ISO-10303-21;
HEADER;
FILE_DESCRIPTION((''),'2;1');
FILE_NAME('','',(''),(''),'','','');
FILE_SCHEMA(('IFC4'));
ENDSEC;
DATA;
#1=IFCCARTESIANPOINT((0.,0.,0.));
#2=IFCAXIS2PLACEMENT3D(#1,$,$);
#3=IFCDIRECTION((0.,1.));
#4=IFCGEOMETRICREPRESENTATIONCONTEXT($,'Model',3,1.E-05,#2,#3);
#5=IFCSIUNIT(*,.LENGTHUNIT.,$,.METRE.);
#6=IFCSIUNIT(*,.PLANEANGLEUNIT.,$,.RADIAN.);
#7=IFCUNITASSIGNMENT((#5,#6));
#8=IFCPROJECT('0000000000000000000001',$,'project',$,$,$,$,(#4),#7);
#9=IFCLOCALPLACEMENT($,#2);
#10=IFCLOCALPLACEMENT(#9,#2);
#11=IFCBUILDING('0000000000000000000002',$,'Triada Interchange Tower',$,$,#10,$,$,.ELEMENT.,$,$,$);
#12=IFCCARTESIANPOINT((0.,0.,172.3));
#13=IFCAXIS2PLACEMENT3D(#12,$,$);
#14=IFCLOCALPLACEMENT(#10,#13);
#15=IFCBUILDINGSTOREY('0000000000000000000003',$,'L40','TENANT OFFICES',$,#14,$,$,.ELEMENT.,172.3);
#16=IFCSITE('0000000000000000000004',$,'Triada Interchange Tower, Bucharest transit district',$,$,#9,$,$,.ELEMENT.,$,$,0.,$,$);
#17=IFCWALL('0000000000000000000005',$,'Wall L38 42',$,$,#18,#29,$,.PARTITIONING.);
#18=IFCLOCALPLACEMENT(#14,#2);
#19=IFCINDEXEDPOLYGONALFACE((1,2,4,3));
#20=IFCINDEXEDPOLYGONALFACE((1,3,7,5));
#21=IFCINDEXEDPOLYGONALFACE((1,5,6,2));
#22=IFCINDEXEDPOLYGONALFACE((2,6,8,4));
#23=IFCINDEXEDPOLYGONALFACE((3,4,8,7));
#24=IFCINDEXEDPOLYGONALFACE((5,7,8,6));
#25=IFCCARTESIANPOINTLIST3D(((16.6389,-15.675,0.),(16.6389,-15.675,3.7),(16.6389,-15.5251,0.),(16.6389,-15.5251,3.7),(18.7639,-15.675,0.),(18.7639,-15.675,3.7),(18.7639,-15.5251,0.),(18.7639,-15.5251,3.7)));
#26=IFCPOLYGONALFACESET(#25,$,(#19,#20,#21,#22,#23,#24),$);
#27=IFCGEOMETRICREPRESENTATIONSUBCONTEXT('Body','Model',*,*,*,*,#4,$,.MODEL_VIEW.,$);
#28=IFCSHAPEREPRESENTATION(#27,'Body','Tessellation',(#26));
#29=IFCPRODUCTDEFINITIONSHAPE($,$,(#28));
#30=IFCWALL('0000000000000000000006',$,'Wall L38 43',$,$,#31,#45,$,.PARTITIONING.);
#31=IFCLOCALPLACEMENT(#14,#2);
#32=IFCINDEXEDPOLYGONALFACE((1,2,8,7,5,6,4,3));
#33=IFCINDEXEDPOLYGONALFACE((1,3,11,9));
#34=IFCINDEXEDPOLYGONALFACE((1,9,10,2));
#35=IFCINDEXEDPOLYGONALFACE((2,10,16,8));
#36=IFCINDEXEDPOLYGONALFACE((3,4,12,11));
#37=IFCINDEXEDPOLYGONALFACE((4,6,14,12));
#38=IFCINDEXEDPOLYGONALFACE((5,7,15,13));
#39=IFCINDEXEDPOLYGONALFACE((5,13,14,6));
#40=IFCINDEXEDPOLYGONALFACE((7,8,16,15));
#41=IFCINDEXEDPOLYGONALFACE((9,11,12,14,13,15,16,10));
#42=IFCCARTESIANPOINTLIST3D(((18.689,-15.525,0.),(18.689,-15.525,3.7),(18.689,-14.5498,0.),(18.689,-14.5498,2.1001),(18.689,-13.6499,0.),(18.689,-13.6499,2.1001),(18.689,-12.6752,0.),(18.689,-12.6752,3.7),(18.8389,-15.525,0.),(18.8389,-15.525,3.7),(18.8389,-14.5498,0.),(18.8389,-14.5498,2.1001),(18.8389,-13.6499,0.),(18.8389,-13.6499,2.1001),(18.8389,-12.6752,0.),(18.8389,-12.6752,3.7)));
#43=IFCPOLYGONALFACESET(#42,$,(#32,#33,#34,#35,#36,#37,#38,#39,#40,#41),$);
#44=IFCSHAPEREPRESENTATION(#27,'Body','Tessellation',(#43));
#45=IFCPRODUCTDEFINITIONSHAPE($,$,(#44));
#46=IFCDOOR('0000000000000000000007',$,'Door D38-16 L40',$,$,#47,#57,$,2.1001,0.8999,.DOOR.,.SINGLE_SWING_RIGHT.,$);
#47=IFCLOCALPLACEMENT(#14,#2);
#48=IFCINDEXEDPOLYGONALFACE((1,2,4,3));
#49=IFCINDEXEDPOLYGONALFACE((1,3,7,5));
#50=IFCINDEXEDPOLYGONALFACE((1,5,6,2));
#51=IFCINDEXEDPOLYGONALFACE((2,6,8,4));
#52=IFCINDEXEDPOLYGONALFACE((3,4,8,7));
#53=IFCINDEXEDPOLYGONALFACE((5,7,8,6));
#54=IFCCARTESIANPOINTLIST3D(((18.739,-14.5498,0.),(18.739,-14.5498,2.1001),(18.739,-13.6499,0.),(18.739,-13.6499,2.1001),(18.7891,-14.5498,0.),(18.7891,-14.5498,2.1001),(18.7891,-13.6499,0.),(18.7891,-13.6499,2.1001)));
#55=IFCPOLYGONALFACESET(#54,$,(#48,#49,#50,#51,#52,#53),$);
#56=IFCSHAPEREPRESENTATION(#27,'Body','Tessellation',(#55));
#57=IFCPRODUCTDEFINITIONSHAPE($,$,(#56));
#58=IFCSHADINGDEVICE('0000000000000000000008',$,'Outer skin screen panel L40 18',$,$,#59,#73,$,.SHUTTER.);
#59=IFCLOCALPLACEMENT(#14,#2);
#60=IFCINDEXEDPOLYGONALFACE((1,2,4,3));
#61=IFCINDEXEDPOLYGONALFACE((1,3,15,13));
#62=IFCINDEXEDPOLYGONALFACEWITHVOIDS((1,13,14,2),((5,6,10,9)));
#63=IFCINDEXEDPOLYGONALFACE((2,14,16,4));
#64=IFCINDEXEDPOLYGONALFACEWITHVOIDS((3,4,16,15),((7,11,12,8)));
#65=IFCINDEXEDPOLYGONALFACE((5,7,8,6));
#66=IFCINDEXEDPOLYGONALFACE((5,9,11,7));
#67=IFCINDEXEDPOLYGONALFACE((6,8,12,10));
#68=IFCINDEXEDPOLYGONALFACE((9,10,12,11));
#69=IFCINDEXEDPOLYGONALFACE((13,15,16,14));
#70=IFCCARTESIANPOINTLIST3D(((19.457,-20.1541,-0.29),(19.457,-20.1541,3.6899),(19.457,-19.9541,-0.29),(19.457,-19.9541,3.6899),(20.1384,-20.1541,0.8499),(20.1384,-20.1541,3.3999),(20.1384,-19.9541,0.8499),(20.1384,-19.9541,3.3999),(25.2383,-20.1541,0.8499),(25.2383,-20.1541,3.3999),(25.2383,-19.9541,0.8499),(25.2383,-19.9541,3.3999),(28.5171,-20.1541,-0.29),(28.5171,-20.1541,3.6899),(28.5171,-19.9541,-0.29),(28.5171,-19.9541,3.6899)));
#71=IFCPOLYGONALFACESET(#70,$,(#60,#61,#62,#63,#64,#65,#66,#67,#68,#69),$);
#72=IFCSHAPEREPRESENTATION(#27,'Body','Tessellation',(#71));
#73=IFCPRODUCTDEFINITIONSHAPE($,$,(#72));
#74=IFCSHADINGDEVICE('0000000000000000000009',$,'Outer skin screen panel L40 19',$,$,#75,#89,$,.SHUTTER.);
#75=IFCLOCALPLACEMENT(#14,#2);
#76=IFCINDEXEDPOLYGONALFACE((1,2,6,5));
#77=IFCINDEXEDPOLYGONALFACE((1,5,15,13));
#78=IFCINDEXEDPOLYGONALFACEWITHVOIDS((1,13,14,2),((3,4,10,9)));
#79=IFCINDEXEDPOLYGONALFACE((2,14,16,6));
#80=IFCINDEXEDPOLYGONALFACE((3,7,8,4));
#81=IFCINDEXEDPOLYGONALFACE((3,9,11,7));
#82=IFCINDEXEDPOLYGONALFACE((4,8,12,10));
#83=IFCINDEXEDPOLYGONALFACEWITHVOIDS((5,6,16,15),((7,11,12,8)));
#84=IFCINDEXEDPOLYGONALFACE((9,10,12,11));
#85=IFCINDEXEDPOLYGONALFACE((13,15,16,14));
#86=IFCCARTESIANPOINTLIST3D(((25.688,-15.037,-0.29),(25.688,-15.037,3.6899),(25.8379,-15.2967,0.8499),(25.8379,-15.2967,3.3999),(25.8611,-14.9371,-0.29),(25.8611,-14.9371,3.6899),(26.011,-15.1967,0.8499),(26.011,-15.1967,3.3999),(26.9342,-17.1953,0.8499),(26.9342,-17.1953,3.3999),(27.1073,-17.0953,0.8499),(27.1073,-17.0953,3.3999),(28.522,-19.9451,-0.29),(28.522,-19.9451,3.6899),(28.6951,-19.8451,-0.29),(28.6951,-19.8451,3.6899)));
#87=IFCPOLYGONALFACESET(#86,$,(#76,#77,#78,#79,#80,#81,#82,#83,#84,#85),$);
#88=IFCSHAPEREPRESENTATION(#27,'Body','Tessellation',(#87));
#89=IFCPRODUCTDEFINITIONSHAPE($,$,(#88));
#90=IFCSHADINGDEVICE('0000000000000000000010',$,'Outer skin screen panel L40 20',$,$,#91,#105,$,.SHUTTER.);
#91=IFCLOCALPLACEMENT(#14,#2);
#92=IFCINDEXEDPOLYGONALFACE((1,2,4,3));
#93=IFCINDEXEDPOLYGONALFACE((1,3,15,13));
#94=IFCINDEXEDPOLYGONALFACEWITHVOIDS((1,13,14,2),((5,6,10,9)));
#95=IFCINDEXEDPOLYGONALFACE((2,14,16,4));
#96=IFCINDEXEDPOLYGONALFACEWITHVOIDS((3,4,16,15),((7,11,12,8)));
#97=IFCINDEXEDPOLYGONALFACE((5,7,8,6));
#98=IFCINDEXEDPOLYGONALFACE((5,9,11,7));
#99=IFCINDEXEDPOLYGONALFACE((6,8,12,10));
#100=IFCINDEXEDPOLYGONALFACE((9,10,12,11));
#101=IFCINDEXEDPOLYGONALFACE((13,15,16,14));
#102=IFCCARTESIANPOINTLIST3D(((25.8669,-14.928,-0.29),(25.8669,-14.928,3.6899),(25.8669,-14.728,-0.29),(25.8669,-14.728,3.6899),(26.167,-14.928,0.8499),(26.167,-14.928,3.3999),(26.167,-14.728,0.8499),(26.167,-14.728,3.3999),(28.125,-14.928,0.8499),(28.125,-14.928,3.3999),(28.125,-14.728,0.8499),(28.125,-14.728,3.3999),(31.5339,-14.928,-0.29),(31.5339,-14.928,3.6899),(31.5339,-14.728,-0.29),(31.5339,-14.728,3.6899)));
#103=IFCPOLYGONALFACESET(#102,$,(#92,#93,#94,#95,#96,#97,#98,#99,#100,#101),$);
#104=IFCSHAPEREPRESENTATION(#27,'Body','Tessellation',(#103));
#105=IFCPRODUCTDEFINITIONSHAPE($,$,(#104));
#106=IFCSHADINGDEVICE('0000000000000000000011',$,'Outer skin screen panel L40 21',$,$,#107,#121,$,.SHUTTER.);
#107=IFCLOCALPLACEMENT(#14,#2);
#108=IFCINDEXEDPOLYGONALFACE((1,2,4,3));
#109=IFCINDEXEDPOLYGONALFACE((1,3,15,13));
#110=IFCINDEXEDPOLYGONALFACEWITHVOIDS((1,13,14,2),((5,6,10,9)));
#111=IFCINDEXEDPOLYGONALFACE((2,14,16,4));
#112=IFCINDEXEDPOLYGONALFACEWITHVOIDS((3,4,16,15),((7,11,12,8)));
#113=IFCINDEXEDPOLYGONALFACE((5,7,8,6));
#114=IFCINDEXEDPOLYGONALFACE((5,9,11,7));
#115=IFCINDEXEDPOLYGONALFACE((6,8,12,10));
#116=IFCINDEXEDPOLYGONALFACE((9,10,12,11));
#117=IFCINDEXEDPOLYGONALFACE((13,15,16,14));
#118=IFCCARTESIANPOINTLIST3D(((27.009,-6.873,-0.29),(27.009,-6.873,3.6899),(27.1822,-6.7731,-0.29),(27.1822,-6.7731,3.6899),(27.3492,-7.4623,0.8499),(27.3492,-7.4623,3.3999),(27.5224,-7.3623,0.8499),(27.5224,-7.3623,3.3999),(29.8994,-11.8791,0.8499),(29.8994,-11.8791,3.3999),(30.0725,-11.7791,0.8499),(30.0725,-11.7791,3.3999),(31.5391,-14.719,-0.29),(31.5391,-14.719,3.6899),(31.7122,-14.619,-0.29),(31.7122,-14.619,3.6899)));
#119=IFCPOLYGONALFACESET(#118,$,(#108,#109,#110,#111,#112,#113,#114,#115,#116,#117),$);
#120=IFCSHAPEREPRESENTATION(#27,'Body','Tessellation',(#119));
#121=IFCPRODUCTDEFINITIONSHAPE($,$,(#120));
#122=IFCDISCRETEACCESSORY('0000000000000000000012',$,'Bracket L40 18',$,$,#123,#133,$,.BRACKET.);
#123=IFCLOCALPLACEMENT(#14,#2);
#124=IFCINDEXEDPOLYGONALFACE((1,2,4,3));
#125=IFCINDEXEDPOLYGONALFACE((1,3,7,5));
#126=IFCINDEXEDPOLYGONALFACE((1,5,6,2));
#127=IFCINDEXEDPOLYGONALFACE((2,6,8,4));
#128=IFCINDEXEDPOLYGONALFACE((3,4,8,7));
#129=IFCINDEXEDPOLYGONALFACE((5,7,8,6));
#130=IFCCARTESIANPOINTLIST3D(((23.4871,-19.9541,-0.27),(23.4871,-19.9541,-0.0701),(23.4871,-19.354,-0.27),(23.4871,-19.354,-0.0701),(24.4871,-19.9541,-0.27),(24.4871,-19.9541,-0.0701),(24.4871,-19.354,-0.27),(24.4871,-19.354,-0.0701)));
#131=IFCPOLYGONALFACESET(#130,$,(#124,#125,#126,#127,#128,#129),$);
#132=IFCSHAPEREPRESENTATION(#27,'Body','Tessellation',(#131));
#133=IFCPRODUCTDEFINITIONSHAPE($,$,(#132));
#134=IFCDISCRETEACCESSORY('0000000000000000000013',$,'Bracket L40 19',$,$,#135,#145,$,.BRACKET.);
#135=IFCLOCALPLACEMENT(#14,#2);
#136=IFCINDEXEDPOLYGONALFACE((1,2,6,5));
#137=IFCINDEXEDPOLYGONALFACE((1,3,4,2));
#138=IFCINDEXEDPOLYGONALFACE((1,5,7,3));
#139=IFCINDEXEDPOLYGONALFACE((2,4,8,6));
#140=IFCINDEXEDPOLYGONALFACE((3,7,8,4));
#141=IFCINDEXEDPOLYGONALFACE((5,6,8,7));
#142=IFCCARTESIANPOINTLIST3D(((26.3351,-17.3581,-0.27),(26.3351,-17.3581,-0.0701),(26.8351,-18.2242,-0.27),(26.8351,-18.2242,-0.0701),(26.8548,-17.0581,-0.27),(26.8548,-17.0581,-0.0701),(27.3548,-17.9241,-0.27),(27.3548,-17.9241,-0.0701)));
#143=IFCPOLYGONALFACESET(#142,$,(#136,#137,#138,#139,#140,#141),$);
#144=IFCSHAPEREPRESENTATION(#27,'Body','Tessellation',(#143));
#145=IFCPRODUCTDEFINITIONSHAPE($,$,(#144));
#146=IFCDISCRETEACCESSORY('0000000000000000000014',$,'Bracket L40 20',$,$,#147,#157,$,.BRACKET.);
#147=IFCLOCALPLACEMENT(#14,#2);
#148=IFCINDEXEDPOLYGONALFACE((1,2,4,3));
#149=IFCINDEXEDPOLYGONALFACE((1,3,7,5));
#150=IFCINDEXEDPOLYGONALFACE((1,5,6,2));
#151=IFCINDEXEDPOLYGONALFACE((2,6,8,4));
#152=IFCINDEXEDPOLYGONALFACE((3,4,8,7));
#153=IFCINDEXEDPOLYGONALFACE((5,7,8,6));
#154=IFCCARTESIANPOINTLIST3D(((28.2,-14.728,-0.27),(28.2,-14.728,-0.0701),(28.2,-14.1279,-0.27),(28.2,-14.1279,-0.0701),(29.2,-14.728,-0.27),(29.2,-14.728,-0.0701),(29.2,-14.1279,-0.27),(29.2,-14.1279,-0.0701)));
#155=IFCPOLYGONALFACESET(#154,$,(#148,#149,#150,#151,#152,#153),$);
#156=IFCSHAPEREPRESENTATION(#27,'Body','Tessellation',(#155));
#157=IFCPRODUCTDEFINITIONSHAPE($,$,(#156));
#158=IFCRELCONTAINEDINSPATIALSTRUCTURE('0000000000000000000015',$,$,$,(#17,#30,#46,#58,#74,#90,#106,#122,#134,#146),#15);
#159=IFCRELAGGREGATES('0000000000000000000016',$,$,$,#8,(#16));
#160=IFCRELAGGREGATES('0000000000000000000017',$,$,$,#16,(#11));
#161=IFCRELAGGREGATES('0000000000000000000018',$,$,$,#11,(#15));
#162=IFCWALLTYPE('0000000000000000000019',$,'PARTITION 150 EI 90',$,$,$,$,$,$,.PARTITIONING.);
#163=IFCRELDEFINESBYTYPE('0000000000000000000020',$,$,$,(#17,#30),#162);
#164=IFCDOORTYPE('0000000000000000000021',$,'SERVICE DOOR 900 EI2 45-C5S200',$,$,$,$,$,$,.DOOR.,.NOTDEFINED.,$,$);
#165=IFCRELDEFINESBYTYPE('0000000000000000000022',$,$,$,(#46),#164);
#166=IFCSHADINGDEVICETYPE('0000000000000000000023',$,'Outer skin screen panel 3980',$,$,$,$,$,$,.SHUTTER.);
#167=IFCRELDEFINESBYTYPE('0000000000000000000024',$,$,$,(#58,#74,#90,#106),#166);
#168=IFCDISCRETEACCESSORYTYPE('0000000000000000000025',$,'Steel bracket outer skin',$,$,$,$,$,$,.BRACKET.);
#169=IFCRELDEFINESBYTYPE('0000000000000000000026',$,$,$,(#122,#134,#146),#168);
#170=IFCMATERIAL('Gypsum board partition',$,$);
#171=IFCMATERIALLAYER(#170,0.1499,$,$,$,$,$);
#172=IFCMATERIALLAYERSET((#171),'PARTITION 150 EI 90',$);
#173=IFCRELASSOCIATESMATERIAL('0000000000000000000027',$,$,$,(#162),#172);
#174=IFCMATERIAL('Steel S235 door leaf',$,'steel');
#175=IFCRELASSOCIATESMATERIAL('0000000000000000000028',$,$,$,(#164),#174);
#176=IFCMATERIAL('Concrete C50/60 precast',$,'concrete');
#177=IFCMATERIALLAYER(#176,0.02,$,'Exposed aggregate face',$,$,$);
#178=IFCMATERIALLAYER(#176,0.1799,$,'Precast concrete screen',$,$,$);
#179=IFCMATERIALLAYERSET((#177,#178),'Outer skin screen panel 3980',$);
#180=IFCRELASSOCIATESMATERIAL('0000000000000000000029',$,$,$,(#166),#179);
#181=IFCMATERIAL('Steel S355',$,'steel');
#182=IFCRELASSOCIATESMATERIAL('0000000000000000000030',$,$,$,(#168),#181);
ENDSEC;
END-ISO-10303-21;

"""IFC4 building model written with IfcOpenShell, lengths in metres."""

from ifc_helpers import new_model, si_unit, direction, frame, frame_2d, origin, origin_2d, place, context, subcontext, project, spatial, polyline, rectangle, outline, extrude, material, layer, layer_set, type_object, element, fill, save


model = new_model("IFC4")

# Units and contexts
model_context = context("Model", 3, precision=1e-05, world=origin(), true_north=direction((0.0, 1.0)))
body_context = subcontext(model_context, "Body", "Model", "MODEL_VIEW")
ifc_project = project(units=[si_unit("LENGTHUNIT", "METRE"), si_unit("PLANEANGLEUNIT", "RADIAN")], contexts=[model_context])

# Site, building, storey
site_placement = place(None, origin())
site = spatial("IfcSite", under=ifc_project, at=site_placement, Name="Triada Interchange Tower, Bucharest transit district", CompositionType="ELEMENT", RefElevation=0.0)
building_placement = place(site_placement, origin())
building = spatial("IfcBuilding", under=site, at=building_placement, Name="Triada Interchange Tower", CompositionType="ELEMENT")
storey_placement = place(building_placement, frame((0.0, 0.0, 172.3)))
storey = spatial("IfcBuildingStorey", under=building, at=storey_placement, Name="L40", Description="TENANT OFFICES", CompositionType="ELEMENT", Elevation=172.3)

# Wall
ifc_material_1 = material(Name="Gypsum board partition")
ifc_layer_1 = layer(ifc_material_1, 0.1499)
ifc_layer_set_1 = layer_set([ifc_layer_1], Name="PARTITION 150 EI 90")
wall_type_1 = type_object("IfcWallType", Name="PARTITION 150 EI 90", PredefinedType="PARTITIONING", material=ifc_layer_set_1)
wall_1_placement = place(storey_placement, frame((16.6389, -15.6001, 0.0), z_axis=(0.0, 0.0, 1.0), x_axis=(1.0, 0.0, 0.0)))
element("IfcWall", 1, at=wall_1_placement, inside=storey, type_object=wall_type_1, Name="Wall L38 42", PredefinedType="PARTITIONING", context=body_context, shape_type="SweptSolid", body=[
    extrude(rectangle(XDim=2.125, YDim=0.1499, at=frame_2d((1.0625, 0.0))), origin(), (0.0, 0.0, 1.0), 3.7),
])

# Wall, opening, door
wall_2_placement = place(storey_placement, frame((18.7639, -15.5249, 0.0), z_axis=(0.0, 0.0, 1.0), x_axis=(0.0, 1.0, 0.0)))
wall_2 = element("IfcWall", 2, at=wall_2_placement, inside=storey, type_object=wall_type_1, Name="Wall L38 43", PredefinedType="PARTITIONING", context=body_context, shape_type="SweptSolid", body=[
    extrude(rectangle(XDim=2.8499, YDim=0.1499, at=frame_2d((1.4248, 0.0))), origin(), (0.0, 0.0, 1.0), 3.7),
])
opening_1_placement = place(wall_2_placement, frame((0.9751, 0.0, 0.0)))
opening_1 = element("IfcOpeningElement", 3, at=opening_1_placement, cuts=wall_2, PredefinedType="OPENING", context=body_context, shape_type="SweptSolid", body=[
    extrude(rectangle(XDim=0.8999, YDim=2.1001, at=frame_2d((0.45, 1.05))), frame((0.0, 0.085, 0.0), z_axis=(0.0, -1.0, 0.0), x_axis=(1.0, 0.0, 0.0)), (0.0, 0.0, 1.0), 0.1699),
])
ifc_material_2 = material(Name="Steel S235 door leaf", Category="steel")
door_type = type_object("IfcDoorType", Name="SERVICE DOOR 900 EI2 45-C5S200", OperationType="NOTDEFINED", PredefinedType="DOOR", material=ifc_material_2)
door_placement = place(opening_1_placement, origin())
door = element("IfcDoor", 4, at=door_placement, inside=storey, type_object=door_type, Name="Door D38-16 L40", OperationType="SINGLE_SWING_RIGHT", OverallHeight=2.1001, OverallWidth=0.8999, PredefinedType="DOOR", context=body_context, shape_type="SweptSolid", body=[
    extrude(rectangle(XDim=0.8999, YDim=2.1001, at=frame_2d((0.45, 1.05))), frame((0.0, 0.0249, 0.0), z_axis=(0.0, -1.0, 0.0), x_axis=(1.0, 0.0, 0.0)), (0.0, 0.0, 1.0), 0.05),
])
fill(opening_1, door)

# Shading devices
ifc_material_3 = material(Name="Concrete C50/60 precast", Category="concrete")
ifc_layer_2 = layer(ifc_material_3, 0.02, Name="Exposed aggregate face")
ifc_layer_3 = layer(ifc_material_3, 0.1799, Name="Precast concrete screen")
ifc_layer_set_2 = layer_set([ifc_layer_2, ifc_layer_3], Name="Outer skin screen panel 3980")
shading_device_type = type_object("IfcShadingDeviceType", Name="Outer skin screen panel 3980", PredefinedType="SHUTTER", material=ifc_layer_set_2)
shading_device_1_placement = place(storey_placement, frame((19.457, -19.9541, -0.29), z_axis=(0.0, 0.0, 1.0), x_axis=(1.0, 0.0, 0.0)))
element("IfcShadingDevice", 5, at=shading_device_1_placement, inside=storey, type_object=shading_device_type, Name="Outer skin screen panel L40 18", PredefinedType="SHUTTER", context=body_context, shape_type="SweptSolid", body=[
    extrude(outline(polyline([(0.0, 0.0), (9.0601, 0.0), (9.0601, 3.98), (0.0, 3.98), (0.0, 0.0)]), holes=[polyline([(0.6814, 1.1399), (0.6814, 3.6899), (5.7812, 3.6899), (5.7812, 1.1399), (0.6814, 1.1399)])]), frame((0.0, 0.0, 0.0), z_axis=(0.0, -1.0, 0.0), x_axis=(1.0, 0.0, 0.0)), (0.0, 0.0, 1.0), 0.2),
])
shading_device_2_placement = place(storey_placement, frame((28.522, -19.9451, -0.29), z_axis=(0.0, 0.0, 1.0), x_axis=(-0.500049, 0.865997, 0.0)))
element("IfcShadingDevice", 6, at=shading_device_2_placement, inside=storey, type_object=shading_device_type, Name="Outer skin screen panel L40 19", PredefinedType="SHUTTER", context=body_context, shape_type="SweptSolid", body=[
    extrude(outline(polyline([(0.0, 0.0), (5.6675, 0.0), (5.6675, 3.98), (0.0, 3.98), (0.0, 0.0)]), holes=[polyline([(3.1753, 1.1399), (3.1753, 3.6899), (5.3677, 3.6899), (5.3677, 1.1399), (3.1753, 1.1399)])]), frame((0.0, 0.0, 0.0), z_axis=(0.0, -1.0, 0.0), x_axis=(1.0, 0.0, 0.0)), (0.0, 0.0, 1.0), 0.2),
])
shading_device_3_placement = place(storey_placement, frame((25.8669, -14.728, -0.29), z_axis=(0.0, 0.0, 1.0), x_axis=(1.0, 0.0, 0.0)))
element("IfcShadingDevice", 7, at=shading_device_3_placement, inside=storey, type_object=shading_device_type, Name="Outer skin screen panel L40 20", PredefinedType="SHUTTER", context=body_context, shape_type="SweptSolid", body=[
    extrude(outline(polyline([(0.0, 0.0), (5.667, 0.0), (5.667, 3.98), (0.0, 3.98), (0.0, 0.0)]), holes=[polyline([(0.3, 1.1399), (0.3, 3.6899), (2.2581, 3.6899), (2.2581, 1.1399), (0.3, 1.1399)])]), frame((0.0, 0.0, 0.0), z_axis=(0.0, -1.0, 0.0), x_axis=(1.0, 0.0, 0.0)), (0.0, 0.0, 1.0), 0.2),
])
shading_device_4_placement = place(storey_placement, frame((31.5391, -14.719, -0.29), z_axis=(0.0, 0.0, 1.0), x_axis=(-0.500014, 0.866017, 0.0)))
element("IfcShadingDevice", 8, at=shading_device_4_placement, inside=storey, type_object=shading_device_type, Name="Outer skin screen panel L40 21", PredefinedType="SHUTTER", context=body_context, shape_type="SweptSolid", body=[
    extrude(outline(polyline([(0.0, 0.0), (9.0598, 0.0), (9.0598, 3.98), (0.0, 3.98), (0.0, 0.0)]), holes=[polyline([(3.2793, 1.1399), (3.2793, 3.6899), (8.3794, 3.6899), (8.3794, 1.1399), (3.2793, 1.1399)])]), frame((0.0, 0.0, 0.0), z_axis=(0.0, -1.0, 0.0), x_axis=(1.0, 0.0, 0.0)), (0.0, 0.0, 1.0), 0.2),
])

# Discrete accessories
ifc_material_4 = material(Name="Steel S355", Category="steel")
discrete_accessory_type = type_object("IfcDiscreteAccessoryType", Name="Steel bracket outer skin", PredefinedType="BRACKET", material=ifc_material_4)
for number, where, z_axis, x_axis, name in (
    (9, (23.9871, -19.6541, -0.27), (0.0, 0.0, 1.0), (0.0, -1.0, 0.0), "Bracket L40 18"),
    (10, (26.845, -17.6411, -0.27), (0.0, 0.0, 1.0), (0.866042, 0.499971, 0.0), "Bracket L40 19"),
    (11, (28.7, -14.428, -0.27), (0.0, 0.0, 1.0), (0.0, -1.0, 0.0), "Bracket L40 20"),
):
    element("IfcDiscreteAccessory", number, at=place(storey_placement, frame(where, z_axis=z_axis, x_axis=x_axis)), inside=storey, type_object=discrete_accessory_type, Name=name, PredefinedType="BRACKET", context=body_context, shape_type="SweptSolid", body=[
        extrude(rectangle(XDim=0.6001, YDim=1.0, at=origin_2d()), origin(), (0.0, 0.0, 1.0), 0.2),
    ])

save(model, "model.ifc")
